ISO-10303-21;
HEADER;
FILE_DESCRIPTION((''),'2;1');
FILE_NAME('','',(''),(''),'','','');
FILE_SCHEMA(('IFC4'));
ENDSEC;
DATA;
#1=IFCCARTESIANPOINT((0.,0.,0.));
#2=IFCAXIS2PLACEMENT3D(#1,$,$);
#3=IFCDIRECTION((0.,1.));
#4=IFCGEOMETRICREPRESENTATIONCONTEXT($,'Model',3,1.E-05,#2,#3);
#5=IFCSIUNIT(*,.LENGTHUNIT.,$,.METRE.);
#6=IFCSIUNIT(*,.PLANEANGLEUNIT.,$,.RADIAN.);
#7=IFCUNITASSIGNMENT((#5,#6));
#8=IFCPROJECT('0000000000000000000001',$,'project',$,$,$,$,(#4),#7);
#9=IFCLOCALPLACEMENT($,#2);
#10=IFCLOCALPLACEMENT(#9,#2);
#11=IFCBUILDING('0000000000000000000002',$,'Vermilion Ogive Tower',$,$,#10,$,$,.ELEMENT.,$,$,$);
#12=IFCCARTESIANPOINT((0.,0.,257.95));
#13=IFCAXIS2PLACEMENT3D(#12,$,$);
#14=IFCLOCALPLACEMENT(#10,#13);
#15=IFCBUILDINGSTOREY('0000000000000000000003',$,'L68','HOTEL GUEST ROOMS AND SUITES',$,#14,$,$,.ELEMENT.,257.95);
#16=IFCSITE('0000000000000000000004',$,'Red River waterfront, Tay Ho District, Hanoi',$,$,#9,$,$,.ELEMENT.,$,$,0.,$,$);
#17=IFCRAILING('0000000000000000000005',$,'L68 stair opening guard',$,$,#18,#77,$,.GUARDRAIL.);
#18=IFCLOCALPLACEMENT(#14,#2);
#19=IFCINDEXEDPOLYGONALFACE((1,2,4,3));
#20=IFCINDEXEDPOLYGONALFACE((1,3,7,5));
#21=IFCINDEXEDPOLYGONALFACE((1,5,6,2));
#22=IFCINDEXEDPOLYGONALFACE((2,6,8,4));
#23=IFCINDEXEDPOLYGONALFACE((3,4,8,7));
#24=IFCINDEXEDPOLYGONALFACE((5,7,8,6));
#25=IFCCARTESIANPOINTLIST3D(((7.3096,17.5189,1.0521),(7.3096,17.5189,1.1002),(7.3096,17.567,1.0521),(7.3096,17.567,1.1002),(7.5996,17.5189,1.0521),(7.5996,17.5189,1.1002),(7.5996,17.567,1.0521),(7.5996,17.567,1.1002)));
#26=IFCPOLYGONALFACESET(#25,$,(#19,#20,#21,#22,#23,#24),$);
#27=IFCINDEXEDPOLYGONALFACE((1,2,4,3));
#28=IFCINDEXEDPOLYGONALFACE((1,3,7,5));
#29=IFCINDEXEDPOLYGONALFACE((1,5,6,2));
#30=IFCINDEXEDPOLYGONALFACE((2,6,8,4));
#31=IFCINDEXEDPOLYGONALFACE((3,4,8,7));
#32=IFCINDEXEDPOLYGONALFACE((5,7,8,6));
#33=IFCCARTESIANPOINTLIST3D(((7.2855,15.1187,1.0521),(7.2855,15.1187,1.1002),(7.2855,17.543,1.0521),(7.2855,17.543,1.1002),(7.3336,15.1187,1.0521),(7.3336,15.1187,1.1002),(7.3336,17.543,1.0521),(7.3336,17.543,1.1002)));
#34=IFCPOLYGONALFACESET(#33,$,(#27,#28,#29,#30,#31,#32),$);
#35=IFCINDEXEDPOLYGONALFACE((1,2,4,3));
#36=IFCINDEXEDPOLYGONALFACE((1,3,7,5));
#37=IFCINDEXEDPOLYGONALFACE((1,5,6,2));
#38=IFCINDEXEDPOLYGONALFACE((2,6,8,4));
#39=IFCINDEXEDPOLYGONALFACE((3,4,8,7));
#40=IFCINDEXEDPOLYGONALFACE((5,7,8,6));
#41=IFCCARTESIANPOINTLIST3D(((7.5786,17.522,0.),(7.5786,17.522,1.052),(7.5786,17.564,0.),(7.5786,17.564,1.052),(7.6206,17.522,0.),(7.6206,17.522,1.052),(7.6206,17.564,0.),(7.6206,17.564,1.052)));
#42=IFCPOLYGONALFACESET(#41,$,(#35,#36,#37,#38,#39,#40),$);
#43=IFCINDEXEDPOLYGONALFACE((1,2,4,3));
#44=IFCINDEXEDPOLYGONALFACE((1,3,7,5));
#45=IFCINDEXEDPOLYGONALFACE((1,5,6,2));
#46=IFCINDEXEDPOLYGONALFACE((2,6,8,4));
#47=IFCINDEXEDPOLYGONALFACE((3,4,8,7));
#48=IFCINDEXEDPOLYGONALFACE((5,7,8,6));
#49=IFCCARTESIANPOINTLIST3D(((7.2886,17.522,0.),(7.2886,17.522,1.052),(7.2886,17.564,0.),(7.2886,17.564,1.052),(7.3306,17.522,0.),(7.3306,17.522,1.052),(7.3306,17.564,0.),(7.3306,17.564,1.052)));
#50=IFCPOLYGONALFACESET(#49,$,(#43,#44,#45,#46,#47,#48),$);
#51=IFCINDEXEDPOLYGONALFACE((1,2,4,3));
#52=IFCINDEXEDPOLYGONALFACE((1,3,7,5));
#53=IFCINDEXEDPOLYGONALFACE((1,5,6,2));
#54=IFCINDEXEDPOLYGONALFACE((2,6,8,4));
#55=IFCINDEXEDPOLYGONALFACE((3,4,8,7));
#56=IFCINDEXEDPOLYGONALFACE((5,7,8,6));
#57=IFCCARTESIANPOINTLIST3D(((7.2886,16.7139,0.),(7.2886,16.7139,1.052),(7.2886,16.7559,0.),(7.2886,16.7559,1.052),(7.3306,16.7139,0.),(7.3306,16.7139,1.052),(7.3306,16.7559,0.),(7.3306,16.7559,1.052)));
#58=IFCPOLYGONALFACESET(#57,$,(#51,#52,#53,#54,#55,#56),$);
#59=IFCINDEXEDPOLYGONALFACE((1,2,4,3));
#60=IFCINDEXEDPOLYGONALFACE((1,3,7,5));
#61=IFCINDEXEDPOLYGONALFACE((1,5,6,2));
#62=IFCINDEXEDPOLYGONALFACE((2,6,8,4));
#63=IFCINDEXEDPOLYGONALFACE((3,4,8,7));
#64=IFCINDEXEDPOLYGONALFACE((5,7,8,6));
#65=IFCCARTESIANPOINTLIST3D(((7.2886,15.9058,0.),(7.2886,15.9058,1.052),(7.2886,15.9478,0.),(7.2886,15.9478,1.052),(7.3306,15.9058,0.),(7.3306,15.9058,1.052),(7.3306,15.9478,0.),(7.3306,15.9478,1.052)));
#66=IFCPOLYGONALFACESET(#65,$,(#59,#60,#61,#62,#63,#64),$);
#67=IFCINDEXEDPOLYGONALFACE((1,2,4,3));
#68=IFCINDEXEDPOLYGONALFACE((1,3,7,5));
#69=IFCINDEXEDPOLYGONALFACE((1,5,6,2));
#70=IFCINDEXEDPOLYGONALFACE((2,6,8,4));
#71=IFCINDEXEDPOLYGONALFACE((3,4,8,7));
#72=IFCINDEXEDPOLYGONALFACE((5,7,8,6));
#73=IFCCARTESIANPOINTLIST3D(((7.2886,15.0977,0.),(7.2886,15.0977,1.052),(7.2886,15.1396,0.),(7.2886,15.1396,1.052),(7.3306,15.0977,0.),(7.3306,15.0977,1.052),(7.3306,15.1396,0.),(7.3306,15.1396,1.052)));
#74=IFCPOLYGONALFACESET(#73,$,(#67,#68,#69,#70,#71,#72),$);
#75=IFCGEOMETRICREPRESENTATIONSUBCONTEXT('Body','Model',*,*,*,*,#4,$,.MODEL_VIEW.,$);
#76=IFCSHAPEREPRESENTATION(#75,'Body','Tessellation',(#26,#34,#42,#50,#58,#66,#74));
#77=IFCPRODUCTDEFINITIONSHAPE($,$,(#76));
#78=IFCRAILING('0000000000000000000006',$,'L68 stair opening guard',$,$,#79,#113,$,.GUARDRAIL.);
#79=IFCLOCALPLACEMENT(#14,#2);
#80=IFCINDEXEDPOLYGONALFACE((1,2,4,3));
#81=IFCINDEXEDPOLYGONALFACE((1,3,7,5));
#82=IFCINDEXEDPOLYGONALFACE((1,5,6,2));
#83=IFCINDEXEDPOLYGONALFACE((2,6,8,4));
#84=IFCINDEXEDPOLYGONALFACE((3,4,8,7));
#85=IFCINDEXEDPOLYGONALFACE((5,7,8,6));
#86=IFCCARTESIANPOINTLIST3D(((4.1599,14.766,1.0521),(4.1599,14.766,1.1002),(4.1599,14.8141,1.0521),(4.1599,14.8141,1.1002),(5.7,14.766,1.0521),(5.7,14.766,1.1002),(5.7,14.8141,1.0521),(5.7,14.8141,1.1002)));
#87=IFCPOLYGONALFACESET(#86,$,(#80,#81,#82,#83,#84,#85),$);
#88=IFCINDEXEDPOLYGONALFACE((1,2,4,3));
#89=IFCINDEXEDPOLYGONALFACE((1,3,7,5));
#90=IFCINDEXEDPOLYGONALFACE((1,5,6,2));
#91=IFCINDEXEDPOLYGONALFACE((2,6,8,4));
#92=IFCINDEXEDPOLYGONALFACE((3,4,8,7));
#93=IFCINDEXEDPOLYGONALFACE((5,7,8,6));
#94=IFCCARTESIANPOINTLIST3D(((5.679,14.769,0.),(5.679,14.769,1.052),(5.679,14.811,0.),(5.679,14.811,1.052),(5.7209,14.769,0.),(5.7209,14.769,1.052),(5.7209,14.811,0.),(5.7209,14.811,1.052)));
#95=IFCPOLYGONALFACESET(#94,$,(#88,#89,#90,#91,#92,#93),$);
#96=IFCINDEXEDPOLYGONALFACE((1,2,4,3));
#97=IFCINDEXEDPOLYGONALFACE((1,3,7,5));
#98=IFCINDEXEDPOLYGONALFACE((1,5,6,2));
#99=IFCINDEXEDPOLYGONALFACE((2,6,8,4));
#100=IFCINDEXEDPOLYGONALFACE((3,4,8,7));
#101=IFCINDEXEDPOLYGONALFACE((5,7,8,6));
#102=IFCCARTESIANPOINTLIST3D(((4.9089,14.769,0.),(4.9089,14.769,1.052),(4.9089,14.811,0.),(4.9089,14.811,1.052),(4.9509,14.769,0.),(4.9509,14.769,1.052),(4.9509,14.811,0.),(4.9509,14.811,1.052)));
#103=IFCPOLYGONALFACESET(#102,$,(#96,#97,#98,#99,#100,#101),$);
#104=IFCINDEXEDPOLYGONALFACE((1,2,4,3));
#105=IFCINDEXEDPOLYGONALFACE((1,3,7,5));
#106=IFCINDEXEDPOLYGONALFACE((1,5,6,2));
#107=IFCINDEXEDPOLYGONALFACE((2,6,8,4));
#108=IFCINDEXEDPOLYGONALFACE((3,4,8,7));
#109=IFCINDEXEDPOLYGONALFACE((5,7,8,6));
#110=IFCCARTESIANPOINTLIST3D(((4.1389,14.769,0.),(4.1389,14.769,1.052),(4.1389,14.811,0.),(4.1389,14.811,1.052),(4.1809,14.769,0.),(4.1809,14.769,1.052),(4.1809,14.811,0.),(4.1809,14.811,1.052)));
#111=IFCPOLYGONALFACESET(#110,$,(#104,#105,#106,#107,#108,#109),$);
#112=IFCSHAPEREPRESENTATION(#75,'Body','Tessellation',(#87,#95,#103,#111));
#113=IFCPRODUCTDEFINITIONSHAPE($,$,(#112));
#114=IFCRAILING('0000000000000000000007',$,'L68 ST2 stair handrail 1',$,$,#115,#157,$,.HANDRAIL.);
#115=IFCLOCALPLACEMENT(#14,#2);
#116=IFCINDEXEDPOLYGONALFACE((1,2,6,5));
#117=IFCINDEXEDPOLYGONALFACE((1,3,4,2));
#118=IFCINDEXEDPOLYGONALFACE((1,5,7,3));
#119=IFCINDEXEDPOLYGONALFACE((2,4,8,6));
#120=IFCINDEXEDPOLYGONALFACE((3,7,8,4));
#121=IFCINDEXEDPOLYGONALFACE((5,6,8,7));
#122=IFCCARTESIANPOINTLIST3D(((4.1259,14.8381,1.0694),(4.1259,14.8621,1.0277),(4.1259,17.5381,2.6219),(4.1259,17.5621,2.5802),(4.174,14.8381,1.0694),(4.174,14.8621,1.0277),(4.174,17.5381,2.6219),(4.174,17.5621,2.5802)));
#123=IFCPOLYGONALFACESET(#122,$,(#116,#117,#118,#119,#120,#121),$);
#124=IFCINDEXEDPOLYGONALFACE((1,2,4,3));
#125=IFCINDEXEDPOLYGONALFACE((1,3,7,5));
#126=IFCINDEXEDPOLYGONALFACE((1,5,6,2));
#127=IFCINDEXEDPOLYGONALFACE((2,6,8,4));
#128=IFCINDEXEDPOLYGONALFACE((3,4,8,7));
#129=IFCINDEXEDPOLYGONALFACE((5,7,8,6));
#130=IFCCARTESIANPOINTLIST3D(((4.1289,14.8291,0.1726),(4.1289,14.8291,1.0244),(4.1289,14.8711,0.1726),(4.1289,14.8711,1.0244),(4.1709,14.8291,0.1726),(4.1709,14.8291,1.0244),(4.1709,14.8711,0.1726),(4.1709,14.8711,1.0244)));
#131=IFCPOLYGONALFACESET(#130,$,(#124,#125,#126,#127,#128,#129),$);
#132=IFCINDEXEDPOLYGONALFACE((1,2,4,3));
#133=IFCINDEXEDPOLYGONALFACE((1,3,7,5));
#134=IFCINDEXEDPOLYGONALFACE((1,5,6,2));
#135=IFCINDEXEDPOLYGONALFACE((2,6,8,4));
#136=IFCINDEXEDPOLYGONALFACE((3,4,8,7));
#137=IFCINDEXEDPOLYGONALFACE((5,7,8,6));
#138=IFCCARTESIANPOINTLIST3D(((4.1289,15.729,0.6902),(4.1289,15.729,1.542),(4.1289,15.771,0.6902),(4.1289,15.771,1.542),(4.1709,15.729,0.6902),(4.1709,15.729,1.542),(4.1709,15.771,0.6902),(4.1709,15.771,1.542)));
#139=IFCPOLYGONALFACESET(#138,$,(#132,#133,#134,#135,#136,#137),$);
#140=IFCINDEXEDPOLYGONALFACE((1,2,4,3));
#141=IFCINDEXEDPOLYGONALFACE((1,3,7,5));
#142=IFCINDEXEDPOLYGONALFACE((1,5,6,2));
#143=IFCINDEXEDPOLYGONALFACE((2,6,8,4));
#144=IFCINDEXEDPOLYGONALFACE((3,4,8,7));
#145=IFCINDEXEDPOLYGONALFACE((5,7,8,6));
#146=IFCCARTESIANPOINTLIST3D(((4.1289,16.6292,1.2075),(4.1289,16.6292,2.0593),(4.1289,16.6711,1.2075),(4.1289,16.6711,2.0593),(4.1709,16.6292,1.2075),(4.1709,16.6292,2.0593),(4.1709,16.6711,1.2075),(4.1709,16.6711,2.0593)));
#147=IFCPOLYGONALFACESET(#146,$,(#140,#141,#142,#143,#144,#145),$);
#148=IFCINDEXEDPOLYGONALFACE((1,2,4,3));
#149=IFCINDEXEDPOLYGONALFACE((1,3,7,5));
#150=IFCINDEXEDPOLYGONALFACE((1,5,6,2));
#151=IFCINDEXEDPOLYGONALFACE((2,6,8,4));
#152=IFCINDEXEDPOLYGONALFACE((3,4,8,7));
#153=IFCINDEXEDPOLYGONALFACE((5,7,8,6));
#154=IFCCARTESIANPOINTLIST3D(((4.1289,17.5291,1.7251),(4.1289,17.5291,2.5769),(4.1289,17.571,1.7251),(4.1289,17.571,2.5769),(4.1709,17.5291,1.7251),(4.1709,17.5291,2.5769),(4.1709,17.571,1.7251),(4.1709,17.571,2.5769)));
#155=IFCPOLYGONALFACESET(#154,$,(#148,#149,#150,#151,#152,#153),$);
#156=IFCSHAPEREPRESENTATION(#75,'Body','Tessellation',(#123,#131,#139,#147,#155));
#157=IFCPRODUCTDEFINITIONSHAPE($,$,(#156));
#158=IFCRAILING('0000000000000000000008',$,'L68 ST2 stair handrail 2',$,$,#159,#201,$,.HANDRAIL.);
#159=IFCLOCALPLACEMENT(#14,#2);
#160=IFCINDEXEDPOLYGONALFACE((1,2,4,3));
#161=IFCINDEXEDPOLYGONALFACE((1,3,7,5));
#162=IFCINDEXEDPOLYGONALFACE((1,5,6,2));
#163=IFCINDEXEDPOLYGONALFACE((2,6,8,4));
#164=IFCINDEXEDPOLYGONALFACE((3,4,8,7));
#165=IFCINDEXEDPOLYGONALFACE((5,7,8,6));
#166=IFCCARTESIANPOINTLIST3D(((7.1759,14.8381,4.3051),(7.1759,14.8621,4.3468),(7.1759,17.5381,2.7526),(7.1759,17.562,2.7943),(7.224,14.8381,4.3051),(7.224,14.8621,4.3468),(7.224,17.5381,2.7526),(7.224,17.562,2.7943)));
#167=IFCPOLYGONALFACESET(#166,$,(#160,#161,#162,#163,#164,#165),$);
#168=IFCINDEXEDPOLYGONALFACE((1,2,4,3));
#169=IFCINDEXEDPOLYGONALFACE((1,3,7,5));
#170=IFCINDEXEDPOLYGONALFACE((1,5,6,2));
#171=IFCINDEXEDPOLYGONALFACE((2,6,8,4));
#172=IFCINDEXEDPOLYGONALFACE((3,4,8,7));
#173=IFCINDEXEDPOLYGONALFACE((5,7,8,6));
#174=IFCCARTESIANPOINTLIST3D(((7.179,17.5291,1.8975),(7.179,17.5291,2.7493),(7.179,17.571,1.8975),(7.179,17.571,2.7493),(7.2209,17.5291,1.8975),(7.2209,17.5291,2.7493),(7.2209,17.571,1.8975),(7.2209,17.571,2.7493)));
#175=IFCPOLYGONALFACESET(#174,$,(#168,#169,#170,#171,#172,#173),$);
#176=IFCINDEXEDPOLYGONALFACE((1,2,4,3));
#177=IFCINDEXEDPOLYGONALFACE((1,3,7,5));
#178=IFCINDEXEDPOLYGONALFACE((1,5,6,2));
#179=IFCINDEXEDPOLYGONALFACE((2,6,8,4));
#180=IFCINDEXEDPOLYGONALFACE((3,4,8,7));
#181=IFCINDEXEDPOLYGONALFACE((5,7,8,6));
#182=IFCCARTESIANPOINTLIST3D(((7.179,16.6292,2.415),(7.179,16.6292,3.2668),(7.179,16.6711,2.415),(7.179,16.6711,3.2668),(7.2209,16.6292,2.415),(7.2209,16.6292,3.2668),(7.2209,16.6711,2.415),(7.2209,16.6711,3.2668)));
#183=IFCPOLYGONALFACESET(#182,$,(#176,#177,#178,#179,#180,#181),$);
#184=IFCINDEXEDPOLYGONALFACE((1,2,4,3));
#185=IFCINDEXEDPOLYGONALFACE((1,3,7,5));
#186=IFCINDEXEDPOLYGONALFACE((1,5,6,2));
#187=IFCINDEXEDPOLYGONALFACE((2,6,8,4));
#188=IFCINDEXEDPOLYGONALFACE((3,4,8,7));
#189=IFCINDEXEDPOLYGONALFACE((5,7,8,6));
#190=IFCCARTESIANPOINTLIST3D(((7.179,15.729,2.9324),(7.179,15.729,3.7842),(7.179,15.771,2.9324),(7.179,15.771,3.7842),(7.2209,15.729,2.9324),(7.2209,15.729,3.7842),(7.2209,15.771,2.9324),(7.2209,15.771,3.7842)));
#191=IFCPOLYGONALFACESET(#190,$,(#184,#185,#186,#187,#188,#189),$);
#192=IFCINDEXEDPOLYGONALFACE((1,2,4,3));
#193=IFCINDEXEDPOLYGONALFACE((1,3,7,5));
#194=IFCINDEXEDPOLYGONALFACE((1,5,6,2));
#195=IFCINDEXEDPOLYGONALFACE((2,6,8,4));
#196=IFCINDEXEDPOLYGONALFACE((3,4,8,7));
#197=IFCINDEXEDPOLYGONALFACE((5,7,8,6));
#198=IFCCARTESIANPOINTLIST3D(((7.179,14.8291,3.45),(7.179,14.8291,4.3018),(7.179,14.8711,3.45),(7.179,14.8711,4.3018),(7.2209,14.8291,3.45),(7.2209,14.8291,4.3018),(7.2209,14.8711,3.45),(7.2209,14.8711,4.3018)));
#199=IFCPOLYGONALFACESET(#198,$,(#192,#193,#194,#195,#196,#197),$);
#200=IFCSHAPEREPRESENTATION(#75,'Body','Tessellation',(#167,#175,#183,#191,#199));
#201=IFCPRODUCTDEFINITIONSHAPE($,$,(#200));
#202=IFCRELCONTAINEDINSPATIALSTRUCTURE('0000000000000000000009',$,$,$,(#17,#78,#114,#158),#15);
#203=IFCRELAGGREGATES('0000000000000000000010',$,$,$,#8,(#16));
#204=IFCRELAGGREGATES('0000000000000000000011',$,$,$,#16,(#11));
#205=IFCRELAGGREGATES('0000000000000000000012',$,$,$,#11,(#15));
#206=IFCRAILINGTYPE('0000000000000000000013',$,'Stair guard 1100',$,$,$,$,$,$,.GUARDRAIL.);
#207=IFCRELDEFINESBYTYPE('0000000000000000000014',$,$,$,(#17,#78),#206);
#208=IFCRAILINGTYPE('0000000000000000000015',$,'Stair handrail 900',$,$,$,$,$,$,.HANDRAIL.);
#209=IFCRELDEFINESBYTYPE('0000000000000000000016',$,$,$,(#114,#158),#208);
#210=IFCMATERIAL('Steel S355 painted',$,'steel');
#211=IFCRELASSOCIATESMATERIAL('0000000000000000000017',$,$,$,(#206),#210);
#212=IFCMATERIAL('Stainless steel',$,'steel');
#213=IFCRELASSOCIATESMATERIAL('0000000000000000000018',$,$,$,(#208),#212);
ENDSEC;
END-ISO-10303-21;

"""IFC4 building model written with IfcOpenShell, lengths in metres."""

from ifc_helpers import new_model, si_unit, direction, frame, origin, origin_2d, place, context, subcontext, project, spatial, rectangle, extrude, material, type_object, element, save


model = new_model("IFC4")

# Units and contexts
model_context = context("Model", 3, precision=1e-05, world=origin(), true_north=direction((0.0, 1.0)))
body_context = subcontext(model_context, "Body", "Model", "MODEL_VIEW")
ifc_project = project(units=[si_unit("LENGTHUNIT", "METRE"), si_unit("PLANEANGLEUNIT", "RADIAN")], contexts=[model_context])

# Site, building, storey
site_placement = place(None, origin())
site = spatial("IfcSite", under=ifc_project, at=site_placement, Name="Red River waterfront, Tay Ho District, Hanoi", CompositionType="ELEMENT", RefElevation=0.0)
building_placement = place(site_placement, origin())
building = spatial("IfcBuilding", under=site, at=building_placement, Name="Vermilion Ogive Tower", CompositionType="ELEMENT")
storey_placement = place(building_placement, frame((0.0, 0.0, 257.95)))
storey = spatial("IfcBuildingStorey", under=building, at=storey_placement, Name="L68", Description="HOTEL GUEST ROOMS AND SUITES", CompositionType="ELEMENT", Elevation=257.95)

# Railings
ifc_material_1 = material(Name="Steel S355 painted", Category="steel")
railing_type_1 = type_object("IfcRailingType", Name="Stair guard 1100", PredefinedType="GUARDRAIL", material=ifc_material_1)
railing_1_placement = place(storey_placement, frame((7.5996, 17.543, 0.0)))
element("IfcRailing", 1, at=railing_1_placement, inside=storey, type_object=railing_type_1, Name="L68 stair opening guard", PredefinedType="GUARDRAIL", context=body_context, shape_type="SweptSolid", body=[
    extrude(rectangle(XDim=0.0481, YDim=0.0481, at=origin_2d()), frame((0.0, 0.0, 1.0762), z_axis=(-1.0, 0.0, 0.0), x_axis=(0.0, -1.0, 0.0)), (0.0, 0.0, 1.0), 0.29),
    extrude(rectangle(XDim=0.0481, YDim=0.0481, at=origin_2d()), frame((-0.29, 0.0, 1.0762), z_axis=(0.0, -1.0, 0.0), x_axis=(1.0, 0.0, 0.0)), (0.0, 0.0, 1.0), 2.4243),
    extrude(rectangle(XDim=0.042, YDim=0.042, at=origin_2d()), origin(), (0.0, 0.0, 1.0), 1.052),
    extrude(rectangle(XDim=0.042, YDim=0.042, at=origin_2d()), frame((-0.29, 0.0, 0.0)), (0.0, 0.0, 1.0), 1.052),
    extrude(rectangle(XDim=0.042, YDim=0.042, at=origin_2d()), frame((-0.29, -0.8081, 0.0)), (0.0, 0.0, 1.0), 1.052),
    extrude(rectangle(XDim=0.042, YDim=0.042, at=origin_2d()), frame((-0.29, -1.6162, 0.0)), (0.0, 0.0, 1.0), 1.052),
    extrude(rectangle(XDim=0.042, YDim=0.042, at=origin_2d()), frame((-0.29, -2.4243, 0.0)), (0.0, 0.0, 1.0), 1.052),
])
railing_2_placement = place(storey_placement, frame((5.7, 14.79, 0.0)))
element("IfcRailing", 2, at=railing_2_placement, inside=storey, type_object=railing_type_1, Name="L68 stair opening guard", PredefinedType="GUARDRAIL", context=body_context, shape_type="SweptSolid", body=[
    extrude(rectangle(XDim=0.0481, YDim=0.0481, at=origin_2d()), frame((0.0, 0.0, 1.0762), z_axis=(-1.0, 0.0, 0.0), x_axis=(0.0, -1.0, 0.0)), (0.0, 0.0, 1.0), 1.54),
    extrude(rectangle(XDim=0.042, YDim=0.042, at=origin_2d()), origin(), (0.0, 0.0, 1.0), 1.052),
    extrude(rectangle(XDim=0.042, YDim=0.042, at=origin_2d()), frame((-0.77, 0.0, 0.0)), (0.0, 0.0, 1.0), 1.052),
    extrude(rectangle(XDim=0.042, YDim=0.042, at=origin_2d()), frame((-1.54, 0.0, 0.0)), (0.0, 0.0, 1.0), 1.052),
])
ifc_material_2 = material(Name="Stainless steel", Category="steel")
railing_type_2 = type_object("IfcRailingType", Name="Stair handrail 900", PredefinedType="HANDRAIL", material=ifc_material_2)
railing_3_placement = place(storey_placement, frame((4.1499, 14.8501, 0.1726)))
element("IfcRailing", 3, at=railing_3_placement, inside=storey, type_object=railing_type_2, Name="L68 ST2 stair handrail 1", PredefinedType="HANDRAIL", context=body_context, shape_type="SweptSolid", body=[
    extrude(rectangle(XDim=0.0481, YDim=0.0481, at=origin_2d()), frame((0.0, 0.0, 0.876), z_axis=(0.0, 0.866904, 0.498476), x_axis=(-1.0, 0.0, 0.0)), (0.0, 0.0, 1.0), 3.1145),
    extrude(rectangle(XDim=0.042, YDim=0.042, at=origin_2d()), origin(), (0.0, 0.0, 1.0), 0.8518),
    extrude(rectangle(XDim=0.042, YDim=0.042, at=origin_2d()), frame((0.0, 0.8999, 0.5176)), (0.0, 0.0, 1.0), 0.8518),
    extrude(rectangle(XDim=0.042, YDim=0.042, at=origin_2d()), frame((0.0, 1.8, 1.0349)), (0.0, 0.0, 1.0), 0.8518),
    extrude(rectangle(XDim=0.042, YDim=0.042, at=origin_2d()), frame((0.0, 2.7, 1.5525)), (0.0, 0.0, 1.0), 0.8518),
])
railing_4_placement = place(storey_placement, frame((7.2, 17.55, 1.8975)))
element("IfcRailing", 4, at=railing_4_placement, inside=storey, type_object=railing_type_2, Name="L68 ST2 stair handrail 2", PredefinedType="HANDRAIL", context=body_context, shape_type="SweptSolid", body=[
    extrude(rectangle(XDim=0.0481, YDim=0.0481, at=origin_2d()), frame((0.0, 0.0, 0.876), z_axis=(0.0, -0.866904, 0.498476), x_axis=(1.0, 0.0, 0.0)), (0.0, 0.0, 1.0), 3.1145),
    extrude(rectangle(XDim=0.042, YDim=0.042, at=origin_2d()), origin(), (0.0, 0.0, 1.0), 0.8518),
    extrude(rectangle(XDim=0.042, YDim=0.042, at=origin_2d()), frame((0.0, -0.8999, 0.5176)), (0.0, 0.0, 1.0), 0.8518),
    extrude(rectangle(XDim=0.042, YDim=0.042, at=origin_2d()), frame((0.0, -1.8, 1.0349)), (0.0, 0.0, 1.0), 0.8518),
    extrude(rectangle(XDim=0.042, YDim=0.042, at=origin_2d()), frame((0.0, -2.7, 1.5525)), (0.0, 0.0, 1.0), 0.8518),
])

save(model, "model.ifc")
